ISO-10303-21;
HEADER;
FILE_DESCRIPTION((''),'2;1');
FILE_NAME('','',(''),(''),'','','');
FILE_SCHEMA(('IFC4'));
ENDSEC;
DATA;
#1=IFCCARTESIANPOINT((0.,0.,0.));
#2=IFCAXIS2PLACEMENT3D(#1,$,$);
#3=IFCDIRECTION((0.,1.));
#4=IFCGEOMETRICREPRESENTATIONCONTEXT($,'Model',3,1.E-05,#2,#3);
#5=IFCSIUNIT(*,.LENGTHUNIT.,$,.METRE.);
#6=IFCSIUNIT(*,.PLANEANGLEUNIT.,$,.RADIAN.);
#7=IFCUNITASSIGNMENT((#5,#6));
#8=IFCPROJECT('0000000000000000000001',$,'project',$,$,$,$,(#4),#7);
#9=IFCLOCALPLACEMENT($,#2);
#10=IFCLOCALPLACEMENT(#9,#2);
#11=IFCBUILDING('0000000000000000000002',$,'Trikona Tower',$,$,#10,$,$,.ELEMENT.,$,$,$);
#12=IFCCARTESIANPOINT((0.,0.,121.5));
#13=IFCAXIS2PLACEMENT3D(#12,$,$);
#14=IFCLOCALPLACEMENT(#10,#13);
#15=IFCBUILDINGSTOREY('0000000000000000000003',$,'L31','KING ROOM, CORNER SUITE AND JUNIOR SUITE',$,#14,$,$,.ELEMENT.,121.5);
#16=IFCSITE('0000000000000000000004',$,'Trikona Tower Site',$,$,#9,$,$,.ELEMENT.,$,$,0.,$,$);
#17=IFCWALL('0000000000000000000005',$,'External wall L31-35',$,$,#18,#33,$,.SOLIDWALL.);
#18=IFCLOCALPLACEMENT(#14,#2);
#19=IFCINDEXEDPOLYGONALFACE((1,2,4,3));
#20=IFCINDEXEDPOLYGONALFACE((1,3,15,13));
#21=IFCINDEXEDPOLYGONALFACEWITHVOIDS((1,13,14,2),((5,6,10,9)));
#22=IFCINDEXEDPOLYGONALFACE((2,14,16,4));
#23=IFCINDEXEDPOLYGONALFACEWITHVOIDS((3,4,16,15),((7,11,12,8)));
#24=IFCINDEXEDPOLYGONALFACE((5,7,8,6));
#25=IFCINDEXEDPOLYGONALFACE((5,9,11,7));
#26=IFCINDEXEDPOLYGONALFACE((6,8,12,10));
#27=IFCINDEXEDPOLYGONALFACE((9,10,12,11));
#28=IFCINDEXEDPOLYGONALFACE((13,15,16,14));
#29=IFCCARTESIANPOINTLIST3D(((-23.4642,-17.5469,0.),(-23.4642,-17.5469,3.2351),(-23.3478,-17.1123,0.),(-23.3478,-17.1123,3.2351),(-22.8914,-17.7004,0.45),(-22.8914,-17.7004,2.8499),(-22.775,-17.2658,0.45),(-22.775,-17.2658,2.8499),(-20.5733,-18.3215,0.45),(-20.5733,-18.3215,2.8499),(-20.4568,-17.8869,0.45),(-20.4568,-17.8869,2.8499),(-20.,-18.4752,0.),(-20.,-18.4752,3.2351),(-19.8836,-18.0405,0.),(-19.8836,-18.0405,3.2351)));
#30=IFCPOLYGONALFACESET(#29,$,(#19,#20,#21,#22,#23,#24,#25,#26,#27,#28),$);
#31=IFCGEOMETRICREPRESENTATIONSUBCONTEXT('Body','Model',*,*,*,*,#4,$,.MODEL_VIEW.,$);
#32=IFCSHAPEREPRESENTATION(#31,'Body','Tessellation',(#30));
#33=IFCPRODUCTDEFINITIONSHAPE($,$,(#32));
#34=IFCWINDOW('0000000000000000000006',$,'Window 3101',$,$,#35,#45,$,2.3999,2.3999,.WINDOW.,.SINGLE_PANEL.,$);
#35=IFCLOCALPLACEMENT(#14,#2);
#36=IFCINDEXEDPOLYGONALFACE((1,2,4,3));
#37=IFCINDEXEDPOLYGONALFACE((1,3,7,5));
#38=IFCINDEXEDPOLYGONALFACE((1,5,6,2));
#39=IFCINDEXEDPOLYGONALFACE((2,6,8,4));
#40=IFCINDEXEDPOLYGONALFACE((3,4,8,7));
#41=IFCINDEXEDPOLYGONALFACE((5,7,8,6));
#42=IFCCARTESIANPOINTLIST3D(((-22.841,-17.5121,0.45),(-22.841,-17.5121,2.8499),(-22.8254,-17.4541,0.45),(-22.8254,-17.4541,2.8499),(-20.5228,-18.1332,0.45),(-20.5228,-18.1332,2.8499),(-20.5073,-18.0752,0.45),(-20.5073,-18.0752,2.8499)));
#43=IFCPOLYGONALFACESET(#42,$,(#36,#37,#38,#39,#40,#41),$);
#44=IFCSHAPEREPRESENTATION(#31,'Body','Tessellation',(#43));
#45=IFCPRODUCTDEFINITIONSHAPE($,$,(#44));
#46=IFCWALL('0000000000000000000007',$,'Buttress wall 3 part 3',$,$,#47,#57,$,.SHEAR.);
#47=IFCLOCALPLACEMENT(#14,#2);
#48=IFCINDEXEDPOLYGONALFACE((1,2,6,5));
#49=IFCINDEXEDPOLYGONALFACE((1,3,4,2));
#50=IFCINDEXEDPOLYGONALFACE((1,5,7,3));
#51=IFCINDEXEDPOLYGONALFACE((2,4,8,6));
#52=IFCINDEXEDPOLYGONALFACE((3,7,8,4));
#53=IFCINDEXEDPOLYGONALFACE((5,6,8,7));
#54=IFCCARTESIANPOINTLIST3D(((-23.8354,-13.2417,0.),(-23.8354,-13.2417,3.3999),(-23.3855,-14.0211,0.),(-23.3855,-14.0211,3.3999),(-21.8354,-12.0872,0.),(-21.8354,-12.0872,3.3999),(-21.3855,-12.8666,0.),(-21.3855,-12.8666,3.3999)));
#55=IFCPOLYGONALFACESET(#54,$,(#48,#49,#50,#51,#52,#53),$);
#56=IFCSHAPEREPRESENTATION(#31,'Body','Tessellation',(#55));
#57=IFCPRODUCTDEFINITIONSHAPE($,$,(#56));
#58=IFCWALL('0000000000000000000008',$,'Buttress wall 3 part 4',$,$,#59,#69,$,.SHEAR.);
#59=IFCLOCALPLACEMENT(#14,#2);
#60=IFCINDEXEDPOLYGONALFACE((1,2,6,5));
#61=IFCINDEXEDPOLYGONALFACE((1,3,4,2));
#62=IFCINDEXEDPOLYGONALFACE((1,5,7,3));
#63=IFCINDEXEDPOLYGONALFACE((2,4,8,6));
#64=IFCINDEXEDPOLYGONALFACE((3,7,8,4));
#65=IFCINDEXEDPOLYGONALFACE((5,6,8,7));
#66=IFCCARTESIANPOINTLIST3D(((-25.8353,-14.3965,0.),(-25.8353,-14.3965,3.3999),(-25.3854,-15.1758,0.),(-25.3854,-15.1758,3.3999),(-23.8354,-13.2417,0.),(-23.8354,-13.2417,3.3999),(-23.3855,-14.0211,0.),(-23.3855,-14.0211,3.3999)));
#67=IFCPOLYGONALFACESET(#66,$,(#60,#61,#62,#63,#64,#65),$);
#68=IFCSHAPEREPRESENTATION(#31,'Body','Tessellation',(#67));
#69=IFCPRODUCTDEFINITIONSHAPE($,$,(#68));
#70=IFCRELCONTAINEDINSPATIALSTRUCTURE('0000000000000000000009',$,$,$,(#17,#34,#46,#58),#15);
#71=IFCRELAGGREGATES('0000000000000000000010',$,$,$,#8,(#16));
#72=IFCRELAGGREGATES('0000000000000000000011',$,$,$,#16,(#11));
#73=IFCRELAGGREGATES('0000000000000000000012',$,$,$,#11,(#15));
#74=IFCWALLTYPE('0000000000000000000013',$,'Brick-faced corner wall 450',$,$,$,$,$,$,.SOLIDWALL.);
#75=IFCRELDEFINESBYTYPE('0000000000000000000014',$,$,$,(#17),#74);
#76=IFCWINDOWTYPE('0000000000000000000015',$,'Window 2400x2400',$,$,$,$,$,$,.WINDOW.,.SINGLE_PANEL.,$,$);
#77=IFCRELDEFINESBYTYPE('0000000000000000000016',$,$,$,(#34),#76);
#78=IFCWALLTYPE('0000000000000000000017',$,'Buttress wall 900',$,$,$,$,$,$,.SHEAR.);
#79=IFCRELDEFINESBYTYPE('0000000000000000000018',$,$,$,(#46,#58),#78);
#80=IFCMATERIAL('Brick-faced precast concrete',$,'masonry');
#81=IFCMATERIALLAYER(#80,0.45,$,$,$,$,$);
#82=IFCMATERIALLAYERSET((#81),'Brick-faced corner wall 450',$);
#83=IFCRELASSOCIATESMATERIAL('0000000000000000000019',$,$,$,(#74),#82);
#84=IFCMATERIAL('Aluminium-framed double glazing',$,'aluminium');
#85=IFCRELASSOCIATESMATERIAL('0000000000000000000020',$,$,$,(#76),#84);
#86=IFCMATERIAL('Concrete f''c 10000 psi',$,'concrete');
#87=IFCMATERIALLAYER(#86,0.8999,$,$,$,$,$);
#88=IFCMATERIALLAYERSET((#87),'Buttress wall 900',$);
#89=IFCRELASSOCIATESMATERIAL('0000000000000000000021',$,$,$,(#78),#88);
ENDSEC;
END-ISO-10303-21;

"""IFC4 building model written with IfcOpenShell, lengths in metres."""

from ifc_helpers import new_model, si_unit, direction, frame, frame_2d, origin, place, context, subcontext, project, spatial, rectangle, extrude, material, layer, layer_set, type_object, element, fill, save


model = new_model("IFC4")

# Units and contexts
model_context = context("Model", 3, precision=1e-05, world=origin(), true_north=direction((0.0, 1.0)))
body_context = subcontext(model_context, "Body", "Model", "MODEL_VIEW")
ifc_project = project(units=[si_unit("LENGTHUNIT", "METRE"), si_unit("PLANEANGLEUNIT", "RADIAN")], contexts=[model_context])

# Site, building, storey
site_placement = place(None, origin())
site = spatial("IfcSite", under=ifc_project, at=site_placement, Name="Trikona Tower Site", CompositionType="ELEMENT", RefElevation=0.0)
building_placement = place(site_placement, origin())
building = spatial("IfcBuilding", under=site, at=building_placement, Name="Trikona Tower", CompositionType="ELEMENT")
storey_placement = place(building_placement, frame((0.0, 0.0, 121.5)))
storey = spatial("IfcBuildingStorey", under=building, at=storey_placement, Name="L31", Description="KING ROOM, CORNER SUITE AND JUNIOR SUITE", CompositionType="ELEMENT", Elevation=121.5)

# Wall, opening, window
ifc_material_1 = material(Name="Brick-faced precast concrete", Category="masonry")
ifc_layer_1 = layer(ifc_material_1, 0.45)
ifc_layer_set_1 = layer_set([ifc_layer_1], Name="Brick-faced corner wall 450")
wall_type_1 = type_object("IfcWallType", Name="Brick-faced corner wall 450", PredefinedType="SOLIDWALL", material=ifc_layer_set_1)
wall_1_placement = place(storey_placement, frame((-23.406, -17.3296, 0.0), z_axis=(0.0, 0.0, 1.0), x_axis=(0.965925, -0.258823, 0.0)))
wall_1 = element("IfcWall", 1, at=wall_1_placement, inside=storey, type_object=wall_type_1, Name="External wall L31-35", PredefinedType="SOLIDWALL", context=body_context, shape_type="SweptSolid", body=[
    extrude(rectangle(XDim=3.5864, YDim=0.45, at=frame_2d((1.7932, 0.0))), origin(), (0.0, 0.0, 1.0), 3.2351),
])
opening_1_placement = place(wall_1_placement, frame((0.593, 0.0, 0.45)))
opening_1 = element("IfcOpeningElement", 2, at=opening_1_placement, cuts=wall_1, PredefinedType="OPENING", context=body_context, shape_type="SweptSolid", body=[
    extrude(rectangle(XDim=2.3999, YDim=2.3999, at=frame_2d((1.2, 1.2))), frame((0.0, 0.2349, 0.0), z_axis=(0.0, -1.0, 0.0), x_axis=(1.0, 0.0, 0.0)), (0.0, 0.0, 1.0), 0.47),
])
ifc_material_2 = material(Name="Aluminium-framed double glazing", Category="aluminium")
window_type_1 = type_object("IfcWindowType", Name="Window 2400x2400", PartitioningType="SINGLE_PANEL", PredefinedType="WINDOW", material=ifc_material_2)
window_1_placement = place(opening_1_placement, origin())
window_1 = element("IfcWindow", 3, at=window_1_placement, inside=storey, type_object=window_type_1, Name="Window 3101", OverallHeight=2.3999, OverallWidth=2.3999, PartitioningType="SINGLE_PANEL", PredefinedType="WINDOW", context=body_context, shape_type="SweptSolid", body=[
    extrude(rectangle(XDim=2.3999, YDim=2.3999, at=frame_2d((1.2, 1.2))), frame((0.0, 0.03, 0.0), z_axis=(0.0, -1.0, 0.0), x_axis=(1.0, 0.0, 0.0)), (0.0, 0.0, 1.0), 0.0601),
])
fill(opening_1, window_1)

# Walls
ifc_material_3 = material(Name="Concrete f'c 10000 psi", Category="concrete")
ifc_layer_2 = layer(ifc_material_3, 0.8999)
ifc_layer_set_2 = layer_set([ifc_layer_2], Name="Buttress wall 900")
wall_type_2 = type_object("IfcWallType", Name="Buttress wall 900", PredefinedType="SHEAR", material=ifc_layer_set_2)
for number, where, z_axis, x_axis, name in (
    (4, (-21.6104, -12.4768, 0.0), (0.0, 0.0, 1.0), (-0.866055, -0.499948, 0.0), "Buttress wall 3 part 3"),
    (5, (-23.6104, -13.6313, 0.0), (0.0, 0.0, 1.0), (-0.86601, -0.500027, 0.0), "Buttress wall 3 part 4"),
):
    element("IfcWall", number, at=place(storey_placement, frame(where, z_axis=z_axis, x_axis=x_axis)), inside=storey, type_object=wall_type_2, Name=name, PredefinedType="SHEAR", context=body_context, shape_type="SweptSolid", body=[
        extrude(rectangle(XDim=2.3093, YDim=0.8999, at=frame_2d((1.1548, 0.0))), origin(), (0.0, 0.0, 1.0), 3.3999),
    ])

save(model, "model.ifc")
